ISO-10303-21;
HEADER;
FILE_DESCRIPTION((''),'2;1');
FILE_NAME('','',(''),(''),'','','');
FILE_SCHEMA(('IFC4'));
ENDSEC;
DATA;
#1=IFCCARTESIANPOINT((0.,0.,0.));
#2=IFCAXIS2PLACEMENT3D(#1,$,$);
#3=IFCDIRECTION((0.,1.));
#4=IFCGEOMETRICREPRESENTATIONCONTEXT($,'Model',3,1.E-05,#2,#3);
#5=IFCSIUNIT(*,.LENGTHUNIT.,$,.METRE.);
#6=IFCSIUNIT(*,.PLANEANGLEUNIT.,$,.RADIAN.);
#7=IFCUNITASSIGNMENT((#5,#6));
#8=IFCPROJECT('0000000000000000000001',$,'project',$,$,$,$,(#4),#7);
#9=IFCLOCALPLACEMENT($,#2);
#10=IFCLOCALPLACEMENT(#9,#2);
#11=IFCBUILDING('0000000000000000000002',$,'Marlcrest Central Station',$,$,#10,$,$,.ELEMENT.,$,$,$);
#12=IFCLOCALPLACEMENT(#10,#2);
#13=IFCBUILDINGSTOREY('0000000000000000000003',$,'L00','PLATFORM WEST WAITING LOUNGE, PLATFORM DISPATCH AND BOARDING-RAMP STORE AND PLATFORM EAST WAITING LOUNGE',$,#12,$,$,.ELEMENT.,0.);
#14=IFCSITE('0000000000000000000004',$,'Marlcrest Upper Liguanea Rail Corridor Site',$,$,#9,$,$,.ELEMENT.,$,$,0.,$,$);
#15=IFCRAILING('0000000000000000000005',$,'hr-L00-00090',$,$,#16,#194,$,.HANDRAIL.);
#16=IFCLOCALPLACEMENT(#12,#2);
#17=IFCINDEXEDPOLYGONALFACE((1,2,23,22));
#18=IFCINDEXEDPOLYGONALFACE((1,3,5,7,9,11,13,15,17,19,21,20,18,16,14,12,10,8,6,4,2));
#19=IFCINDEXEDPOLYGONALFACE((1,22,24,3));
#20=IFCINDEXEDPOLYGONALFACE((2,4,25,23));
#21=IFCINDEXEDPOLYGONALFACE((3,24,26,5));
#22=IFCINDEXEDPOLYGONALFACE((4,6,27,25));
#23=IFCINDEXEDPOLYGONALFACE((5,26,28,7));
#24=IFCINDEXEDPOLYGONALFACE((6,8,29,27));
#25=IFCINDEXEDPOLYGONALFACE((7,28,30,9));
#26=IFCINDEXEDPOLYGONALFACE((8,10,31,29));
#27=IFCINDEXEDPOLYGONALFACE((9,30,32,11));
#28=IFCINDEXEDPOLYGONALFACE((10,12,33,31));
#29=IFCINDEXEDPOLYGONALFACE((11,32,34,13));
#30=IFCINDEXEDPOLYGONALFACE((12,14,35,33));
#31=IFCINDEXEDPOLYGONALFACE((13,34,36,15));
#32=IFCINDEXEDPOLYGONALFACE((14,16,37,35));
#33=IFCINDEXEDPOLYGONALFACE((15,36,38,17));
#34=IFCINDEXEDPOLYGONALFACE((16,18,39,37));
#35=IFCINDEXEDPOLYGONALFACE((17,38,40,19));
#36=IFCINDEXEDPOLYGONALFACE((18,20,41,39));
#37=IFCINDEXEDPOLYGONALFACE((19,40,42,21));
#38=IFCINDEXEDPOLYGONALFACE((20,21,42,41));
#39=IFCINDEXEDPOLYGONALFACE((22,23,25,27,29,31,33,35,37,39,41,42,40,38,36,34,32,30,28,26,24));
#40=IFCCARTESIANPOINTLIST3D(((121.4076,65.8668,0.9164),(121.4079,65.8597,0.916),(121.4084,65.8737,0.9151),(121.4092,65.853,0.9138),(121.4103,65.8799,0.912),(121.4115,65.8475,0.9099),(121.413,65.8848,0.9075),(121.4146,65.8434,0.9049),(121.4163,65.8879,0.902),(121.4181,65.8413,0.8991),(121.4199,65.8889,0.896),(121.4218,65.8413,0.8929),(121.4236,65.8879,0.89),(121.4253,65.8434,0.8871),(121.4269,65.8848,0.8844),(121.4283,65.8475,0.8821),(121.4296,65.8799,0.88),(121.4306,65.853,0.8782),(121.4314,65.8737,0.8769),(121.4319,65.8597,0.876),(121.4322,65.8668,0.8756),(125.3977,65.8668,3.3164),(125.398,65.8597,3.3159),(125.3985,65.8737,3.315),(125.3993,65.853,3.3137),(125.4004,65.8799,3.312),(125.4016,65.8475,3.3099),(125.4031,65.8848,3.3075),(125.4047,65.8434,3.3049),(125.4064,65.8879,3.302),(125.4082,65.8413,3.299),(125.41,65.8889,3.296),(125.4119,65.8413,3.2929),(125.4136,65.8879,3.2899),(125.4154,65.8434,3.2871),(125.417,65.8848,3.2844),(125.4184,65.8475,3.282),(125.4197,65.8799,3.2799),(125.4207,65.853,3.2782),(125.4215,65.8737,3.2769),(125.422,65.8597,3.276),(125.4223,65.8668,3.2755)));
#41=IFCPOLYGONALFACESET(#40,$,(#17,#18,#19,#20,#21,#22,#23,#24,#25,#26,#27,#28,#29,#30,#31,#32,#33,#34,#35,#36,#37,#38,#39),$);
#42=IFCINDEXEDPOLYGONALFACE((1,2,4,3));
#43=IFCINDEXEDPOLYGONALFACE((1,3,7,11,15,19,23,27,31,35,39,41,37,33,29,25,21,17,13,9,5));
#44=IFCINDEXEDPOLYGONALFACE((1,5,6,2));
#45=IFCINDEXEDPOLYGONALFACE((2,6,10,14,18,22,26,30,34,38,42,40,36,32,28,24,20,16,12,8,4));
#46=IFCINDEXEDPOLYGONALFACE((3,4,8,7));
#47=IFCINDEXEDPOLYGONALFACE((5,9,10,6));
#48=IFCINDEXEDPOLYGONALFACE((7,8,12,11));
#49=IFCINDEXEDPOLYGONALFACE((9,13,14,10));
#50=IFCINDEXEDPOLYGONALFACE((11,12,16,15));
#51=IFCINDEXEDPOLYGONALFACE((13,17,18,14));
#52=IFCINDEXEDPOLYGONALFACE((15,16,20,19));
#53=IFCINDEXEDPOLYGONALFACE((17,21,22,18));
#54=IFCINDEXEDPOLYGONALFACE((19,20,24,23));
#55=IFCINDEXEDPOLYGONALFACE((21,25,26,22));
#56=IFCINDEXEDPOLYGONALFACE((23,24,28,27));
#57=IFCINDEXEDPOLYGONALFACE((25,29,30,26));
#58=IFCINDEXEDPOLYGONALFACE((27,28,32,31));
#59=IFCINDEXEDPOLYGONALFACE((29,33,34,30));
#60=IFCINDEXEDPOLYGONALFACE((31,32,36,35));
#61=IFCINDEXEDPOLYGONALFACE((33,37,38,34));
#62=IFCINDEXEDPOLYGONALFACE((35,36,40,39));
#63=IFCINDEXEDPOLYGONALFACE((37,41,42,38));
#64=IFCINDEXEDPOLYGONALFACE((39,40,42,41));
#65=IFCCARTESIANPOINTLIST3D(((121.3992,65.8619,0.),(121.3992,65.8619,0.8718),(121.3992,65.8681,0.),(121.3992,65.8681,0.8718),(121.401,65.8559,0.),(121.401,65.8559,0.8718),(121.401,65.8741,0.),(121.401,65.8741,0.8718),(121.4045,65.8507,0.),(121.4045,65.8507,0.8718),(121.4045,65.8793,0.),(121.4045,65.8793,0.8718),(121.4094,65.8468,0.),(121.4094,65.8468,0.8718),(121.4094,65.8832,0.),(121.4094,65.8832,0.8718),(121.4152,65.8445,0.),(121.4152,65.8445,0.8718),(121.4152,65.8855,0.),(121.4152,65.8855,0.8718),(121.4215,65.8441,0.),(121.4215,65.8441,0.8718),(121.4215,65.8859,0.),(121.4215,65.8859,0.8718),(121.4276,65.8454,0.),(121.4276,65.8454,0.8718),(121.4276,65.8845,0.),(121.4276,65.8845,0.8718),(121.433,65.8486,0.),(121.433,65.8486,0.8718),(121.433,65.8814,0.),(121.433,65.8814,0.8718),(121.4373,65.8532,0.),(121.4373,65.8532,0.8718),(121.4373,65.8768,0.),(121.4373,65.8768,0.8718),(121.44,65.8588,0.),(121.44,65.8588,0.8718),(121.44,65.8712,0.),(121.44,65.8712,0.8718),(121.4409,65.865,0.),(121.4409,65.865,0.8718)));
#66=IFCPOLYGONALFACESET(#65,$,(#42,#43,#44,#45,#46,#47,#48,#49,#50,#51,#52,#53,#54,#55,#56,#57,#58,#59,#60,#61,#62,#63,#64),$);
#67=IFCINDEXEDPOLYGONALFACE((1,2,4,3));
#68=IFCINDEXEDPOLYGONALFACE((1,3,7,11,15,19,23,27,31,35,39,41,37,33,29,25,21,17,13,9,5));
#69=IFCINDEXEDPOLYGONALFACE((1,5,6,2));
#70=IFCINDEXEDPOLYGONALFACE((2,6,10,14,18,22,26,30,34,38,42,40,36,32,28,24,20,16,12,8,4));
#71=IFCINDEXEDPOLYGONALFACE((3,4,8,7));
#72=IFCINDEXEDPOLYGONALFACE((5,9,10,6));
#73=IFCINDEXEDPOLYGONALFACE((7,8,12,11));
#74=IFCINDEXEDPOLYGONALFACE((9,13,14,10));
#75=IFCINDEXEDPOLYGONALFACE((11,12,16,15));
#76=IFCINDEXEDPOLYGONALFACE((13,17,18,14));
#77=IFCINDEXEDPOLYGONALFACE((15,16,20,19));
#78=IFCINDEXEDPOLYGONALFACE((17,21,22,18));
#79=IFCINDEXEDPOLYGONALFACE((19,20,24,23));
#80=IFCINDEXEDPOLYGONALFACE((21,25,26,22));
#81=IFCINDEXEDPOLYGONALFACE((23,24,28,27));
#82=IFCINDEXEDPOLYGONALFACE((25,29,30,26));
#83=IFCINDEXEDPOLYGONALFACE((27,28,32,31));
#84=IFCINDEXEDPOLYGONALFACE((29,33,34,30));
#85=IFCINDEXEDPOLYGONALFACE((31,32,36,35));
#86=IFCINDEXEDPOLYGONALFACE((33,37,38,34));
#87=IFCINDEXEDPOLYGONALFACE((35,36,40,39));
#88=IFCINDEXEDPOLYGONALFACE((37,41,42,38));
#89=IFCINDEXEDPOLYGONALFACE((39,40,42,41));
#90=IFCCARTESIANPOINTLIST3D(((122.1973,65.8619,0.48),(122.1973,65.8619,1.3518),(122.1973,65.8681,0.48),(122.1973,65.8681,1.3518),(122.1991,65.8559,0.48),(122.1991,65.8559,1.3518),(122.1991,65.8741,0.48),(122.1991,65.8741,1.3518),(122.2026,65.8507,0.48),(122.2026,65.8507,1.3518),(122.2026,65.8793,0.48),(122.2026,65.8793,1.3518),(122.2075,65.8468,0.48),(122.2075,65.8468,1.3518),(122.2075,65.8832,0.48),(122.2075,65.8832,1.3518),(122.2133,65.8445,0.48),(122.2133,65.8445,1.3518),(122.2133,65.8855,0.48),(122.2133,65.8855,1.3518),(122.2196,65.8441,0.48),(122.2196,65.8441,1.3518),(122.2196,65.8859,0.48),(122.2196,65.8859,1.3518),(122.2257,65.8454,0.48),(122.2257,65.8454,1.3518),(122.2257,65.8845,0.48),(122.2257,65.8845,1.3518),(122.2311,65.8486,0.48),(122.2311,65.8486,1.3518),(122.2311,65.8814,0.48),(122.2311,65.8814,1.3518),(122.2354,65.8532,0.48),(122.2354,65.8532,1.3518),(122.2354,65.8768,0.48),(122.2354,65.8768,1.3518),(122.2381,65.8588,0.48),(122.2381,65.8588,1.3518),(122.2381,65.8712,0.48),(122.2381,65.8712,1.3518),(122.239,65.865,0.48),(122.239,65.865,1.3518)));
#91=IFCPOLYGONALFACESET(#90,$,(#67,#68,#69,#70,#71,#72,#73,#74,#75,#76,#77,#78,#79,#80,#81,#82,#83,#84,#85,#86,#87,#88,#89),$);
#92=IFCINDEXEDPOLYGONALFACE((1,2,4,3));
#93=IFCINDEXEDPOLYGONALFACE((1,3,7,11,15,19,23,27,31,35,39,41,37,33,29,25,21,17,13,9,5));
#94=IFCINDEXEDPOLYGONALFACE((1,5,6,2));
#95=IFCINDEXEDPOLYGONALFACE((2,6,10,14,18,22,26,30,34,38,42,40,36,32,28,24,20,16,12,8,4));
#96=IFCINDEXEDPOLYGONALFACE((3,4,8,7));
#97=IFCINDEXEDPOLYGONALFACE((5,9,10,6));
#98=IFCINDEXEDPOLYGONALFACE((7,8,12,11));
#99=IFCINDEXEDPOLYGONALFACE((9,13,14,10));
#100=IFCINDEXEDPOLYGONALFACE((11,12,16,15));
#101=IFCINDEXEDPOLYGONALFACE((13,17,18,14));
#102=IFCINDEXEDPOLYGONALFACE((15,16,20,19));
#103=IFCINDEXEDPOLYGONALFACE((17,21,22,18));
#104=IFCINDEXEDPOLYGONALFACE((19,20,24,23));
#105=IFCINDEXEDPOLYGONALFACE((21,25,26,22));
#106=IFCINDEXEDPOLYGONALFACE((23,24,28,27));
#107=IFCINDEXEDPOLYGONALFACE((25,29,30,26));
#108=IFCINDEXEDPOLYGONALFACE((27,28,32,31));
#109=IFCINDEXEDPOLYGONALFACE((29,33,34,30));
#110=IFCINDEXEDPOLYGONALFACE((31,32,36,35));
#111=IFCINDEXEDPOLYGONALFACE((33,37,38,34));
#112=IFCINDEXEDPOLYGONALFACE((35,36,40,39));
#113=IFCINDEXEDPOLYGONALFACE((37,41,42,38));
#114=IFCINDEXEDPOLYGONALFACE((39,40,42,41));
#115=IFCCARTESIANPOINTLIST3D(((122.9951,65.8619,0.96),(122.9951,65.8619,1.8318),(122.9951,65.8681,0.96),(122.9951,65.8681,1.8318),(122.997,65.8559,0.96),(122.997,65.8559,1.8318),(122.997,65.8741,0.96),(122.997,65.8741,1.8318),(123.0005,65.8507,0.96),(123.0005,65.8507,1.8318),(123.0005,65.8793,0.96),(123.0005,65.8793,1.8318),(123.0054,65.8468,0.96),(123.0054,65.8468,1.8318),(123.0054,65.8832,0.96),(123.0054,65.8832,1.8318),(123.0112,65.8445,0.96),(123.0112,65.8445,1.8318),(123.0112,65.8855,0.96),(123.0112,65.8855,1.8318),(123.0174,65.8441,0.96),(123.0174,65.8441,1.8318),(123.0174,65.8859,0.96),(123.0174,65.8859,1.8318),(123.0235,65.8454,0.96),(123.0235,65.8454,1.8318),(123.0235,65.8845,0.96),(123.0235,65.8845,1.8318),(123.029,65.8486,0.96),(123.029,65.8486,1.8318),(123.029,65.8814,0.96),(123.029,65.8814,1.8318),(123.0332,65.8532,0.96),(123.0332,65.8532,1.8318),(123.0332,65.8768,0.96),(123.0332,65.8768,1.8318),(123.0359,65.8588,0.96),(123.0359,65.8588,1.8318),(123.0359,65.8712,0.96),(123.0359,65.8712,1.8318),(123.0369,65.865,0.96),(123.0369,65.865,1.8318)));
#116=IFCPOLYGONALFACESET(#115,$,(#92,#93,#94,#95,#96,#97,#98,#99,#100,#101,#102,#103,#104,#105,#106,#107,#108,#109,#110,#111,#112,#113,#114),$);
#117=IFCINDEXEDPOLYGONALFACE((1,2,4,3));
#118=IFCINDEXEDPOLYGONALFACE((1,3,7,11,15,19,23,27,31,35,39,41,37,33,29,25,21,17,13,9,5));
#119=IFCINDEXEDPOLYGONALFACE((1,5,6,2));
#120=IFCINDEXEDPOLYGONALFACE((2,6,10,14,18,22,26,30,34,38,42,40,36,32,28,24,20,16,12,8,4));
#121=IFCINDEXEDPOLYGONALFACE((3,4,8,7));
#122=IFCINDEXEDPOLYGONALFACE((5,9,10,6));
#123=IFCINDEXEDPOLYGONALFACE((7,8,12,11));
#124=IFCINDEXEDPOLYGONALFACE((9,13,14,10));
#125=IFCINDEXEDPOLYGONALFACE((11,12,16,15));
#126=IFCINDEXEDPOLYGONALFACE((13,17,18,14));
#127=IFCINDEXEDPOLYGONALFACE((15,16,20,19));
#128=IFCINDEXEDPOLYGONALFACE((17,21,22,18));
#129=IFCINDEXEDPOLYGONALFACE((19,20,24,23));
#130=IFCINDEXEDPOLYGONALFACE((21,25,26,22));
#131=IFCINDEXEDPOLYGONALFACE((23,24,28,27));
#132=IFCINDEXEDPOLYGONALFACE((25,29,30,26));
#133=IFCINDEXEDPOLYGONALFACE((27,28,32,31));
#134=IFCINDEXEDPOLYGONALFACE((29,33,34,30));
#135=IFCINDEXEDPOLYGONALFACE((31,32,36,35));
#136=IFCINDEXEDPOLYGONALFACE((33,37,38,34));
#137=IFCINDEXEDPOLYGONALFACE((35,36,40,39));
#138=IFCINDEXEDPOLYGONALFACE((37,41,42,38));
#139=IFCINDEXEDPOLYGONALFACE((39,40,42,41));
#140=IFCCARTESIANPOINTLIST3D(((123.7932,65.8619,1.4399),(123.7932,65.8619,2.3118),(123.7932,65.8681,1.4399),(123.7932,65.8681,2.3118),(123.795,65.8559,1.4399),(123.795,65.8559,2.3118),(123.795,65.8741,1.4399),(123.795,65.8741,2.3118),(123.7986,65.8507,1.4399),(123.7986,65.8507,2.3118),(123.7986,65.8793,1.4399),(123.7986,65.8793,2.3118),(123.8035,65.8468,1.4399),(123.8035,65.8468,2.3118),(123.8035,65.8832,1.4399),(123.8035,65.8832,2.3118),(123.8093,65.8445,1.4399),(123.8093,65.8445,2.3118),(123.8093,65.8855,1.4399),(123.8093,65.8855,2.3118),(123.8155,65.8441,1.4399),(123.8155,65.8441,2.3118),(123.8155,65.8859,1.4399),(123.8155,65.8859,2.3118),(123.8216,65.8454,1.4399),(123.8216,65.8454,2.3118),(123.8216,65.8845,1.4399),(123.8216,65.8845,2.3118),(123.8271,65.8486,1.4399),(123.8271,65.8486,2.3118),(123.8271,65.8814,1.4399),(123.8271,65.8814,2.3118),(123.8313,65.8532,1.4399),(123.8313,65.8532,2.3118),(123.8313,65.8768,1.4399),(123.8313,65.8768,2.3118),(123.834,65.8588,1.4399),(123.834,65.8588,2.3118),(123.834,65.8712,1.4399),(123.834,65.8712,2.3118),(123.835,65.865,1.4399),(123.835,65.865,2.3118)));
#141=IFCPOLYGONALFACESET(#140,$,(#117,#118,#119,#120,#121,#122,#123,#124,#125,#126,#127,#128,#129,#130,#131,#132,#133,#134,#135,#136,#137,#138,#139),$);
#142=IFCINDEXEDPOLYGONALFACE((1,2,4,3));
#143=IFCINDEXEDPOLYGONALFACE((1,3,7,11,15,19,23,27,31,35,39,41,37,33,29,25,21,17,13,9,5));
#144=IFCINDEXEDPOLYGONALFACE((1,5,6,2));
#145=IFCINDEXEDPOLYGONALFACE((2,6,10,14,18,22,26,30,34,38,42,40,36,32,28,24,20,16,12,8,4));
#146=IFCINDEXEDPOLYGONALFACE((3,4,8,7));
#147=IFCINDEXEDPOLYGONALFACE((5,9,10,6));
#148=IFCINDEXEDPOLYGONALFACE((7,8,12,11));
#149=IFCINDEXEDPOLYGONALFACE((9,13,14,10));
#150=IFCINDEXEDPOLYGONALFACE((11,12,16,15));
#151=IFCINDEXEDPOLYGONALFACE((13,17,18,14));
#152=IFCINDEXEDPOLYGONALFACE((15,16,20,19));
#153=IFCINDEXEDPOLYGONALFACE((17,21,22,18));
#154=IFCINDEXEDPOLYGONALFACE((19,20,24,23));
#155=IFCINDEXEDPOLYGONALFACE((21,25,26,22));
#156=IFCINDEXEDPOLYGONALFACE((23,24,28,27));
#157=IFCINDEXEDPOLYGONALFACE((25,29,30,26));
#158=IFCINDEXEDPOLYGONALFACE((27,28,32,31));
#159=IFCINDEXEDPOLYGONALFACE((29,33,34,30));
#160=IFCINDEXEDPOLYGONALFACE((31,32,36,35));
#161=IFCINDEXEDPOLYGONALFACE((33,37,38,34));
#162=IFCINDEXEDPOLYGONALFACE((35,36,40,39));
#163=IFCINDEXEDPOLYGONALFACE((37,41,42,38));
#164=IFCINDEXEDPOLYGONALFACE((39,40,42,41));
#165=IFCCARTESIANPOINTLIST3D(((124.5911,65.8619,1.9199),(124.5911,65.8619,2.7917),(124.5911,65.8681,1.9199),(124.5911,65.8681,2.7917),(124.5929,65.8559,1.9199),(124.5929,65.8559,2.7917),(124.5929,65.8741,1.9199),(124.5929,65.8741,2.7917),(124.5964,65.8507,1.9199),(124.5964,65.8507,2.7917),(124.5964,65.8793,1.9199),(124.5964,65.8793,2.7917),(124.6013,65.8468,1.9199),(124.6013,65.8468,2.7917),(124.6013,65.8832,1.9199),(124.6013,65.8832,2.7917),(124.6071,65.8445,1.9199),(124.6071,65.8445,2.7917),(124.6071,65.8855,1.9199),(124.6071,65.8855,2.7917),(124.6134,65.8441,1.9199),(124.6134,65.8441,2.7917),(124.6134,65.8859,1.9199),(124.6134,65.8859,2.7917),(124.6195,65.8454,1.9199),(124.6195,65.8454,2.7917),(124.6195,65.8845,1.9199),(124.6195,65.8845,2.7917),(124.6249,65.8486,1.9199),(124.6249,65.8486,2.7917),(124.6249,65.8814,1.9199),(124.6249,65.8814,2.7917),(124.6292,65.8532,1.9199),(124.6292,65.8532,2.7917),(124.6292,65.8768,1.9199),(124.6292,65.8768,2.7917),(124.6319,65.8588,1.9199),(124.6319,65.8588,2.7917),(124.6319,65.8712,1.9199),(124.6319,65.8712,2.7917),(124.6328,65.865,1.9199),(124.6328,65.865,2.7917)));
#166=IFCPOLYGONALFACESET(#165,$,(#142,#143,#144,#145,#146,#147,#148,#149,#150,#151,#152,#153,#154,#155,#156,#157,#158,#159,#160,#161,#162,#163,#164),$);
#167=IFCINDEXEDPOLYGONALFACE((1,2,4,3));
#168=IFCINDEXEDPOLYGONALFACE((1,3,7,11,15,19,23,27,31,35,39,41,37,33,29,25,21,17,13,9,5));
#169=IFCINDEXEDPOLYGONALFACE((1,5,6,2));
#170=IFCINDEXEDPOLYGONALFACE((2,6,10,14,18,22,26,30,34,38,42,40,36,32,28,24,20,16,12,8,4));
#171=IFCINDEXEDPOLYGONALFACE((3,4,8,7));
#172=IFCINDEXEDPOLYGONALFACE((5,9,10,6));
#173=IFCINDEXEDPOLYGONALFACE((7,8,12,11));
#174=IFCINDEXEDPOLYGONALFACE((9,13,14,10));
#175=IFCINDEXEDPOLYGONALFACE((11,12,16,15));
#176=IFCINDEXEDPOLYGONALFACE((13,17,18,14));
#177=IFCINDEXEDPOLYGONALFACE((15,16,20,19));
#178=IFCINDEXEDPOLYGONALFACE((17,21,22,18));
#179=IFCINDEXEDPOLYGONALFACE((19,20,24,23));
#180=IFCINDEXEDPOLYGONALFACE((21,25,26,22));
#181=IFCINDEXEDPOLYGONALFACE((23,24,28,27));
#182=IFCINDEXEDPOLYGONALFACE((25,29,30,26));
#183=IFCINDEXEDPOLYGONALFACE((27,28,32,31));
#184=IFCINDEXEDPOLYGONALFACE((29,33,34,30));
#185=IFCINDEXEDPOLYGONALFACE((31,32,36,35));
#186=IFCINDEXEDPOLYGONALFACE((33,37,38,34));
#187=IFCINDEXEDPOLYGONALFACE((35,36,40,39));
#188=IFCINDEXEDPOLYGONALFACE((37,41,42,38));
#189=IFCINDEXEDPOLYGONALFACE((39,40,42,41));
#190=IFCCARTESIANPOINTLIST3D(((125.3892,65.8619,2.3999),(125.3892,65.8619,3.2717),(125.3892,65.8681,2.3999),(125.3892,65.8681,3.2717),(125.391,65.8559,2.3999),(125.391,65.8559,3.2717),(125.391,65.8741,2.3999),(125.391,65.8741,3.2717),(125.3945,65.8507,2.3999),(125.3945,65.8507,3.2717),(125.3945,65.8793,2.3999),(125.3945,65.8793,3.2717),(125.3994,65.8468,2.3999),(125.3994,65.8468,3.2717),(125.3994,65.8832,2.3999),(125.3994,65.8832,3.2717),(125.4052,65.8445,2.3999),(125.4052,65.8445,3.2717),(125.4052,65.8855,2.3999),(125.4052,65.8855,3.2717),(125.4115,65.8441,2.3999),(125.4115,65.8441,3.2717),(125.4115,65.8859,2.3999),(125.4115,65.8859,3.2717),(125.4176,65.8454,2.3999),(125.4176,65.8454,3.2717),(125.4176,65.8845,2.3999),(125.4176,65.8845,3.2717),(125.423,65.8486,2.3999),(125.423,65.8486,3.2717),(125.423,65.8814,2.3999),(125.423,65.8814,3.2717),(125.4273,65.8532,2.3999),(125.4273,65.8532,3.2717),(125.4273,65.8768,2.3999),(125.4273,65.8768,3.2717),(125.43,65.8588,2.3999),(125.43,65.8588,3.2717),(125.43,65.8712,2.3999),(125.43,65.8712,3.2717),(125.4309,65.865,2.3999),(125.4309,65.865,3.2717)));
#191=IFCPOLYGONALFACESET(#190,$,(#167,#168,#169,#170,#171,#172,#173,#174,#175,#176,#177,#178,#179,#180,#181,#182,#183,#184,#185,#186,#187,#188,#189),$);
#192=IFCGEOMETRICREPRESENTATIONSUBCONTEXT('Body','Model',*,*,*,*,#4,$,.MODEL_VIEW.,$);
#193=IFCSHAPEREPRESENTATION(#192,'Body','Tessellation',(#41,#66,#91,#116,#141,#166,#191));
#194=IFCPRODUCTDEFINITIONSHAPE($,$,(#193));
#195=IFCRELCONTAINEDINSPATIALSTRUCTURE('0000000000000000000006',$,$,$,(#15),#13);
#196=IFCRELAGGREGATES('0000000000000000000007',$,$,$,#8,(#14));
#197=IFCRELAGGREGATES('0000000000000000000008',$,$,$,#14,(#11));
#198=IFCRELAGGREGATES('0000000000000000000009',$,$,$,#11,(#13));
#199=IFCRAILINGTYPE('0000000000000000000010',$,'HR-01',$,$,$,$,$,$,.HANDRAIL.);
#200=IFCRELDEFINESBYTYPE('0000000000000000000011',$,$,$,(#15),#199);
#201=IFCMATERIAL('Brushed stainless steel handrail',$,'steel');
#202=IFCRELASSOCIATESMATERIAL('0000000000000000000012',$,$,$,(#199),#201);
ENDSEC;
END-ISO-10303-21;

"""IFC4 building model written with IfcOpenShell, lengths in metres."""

from ifc_helpers import new_model, si_unit, direction, frame, origin, origin_2d, place, context, subcontext, project, spatial, circle, extrude, material, type_object, element, save


model = new_model("IFC4")

# Units and contexts
model_context = context("Model", 3, precision=1e-05, world=origin(), true_north=direction((0.0, 1.0)))
body_context = subcontext(model_context, "Body", "Model", "MODEL_VIEW")
ifc_project = project(units=[si_unit("LENGTHUNIT", "METRE"), si_unit("PLANEANGLEUNIT", "RADIAN")], contexts=[model_context])

# Site, building, storey
site_placement = place(None, origin())
site = spatial("IfcSite", under=ifc_project, at=site_placement, Name="Marlcrest Upper Liguanea Rail Corridor Site", CompositionType="ELEMENT", RefElevation=0.0)
building_placement = place(site_placement, origin())
building = spatial("IfcBuilding", under=site, at=building_placement, Name="Marlcrest Central Station", CompositionType="ELEMENT")
storey_placement = place(building_placement, origin())
storey = spatial("IfcBuildingStorey", under=building, at=storey_placement, Name="L00", Description="PLATFORM WEST WAITING LOUNGE, PLATFORM DISPATCH AND BOARDING-RAMP STORE AND PLATFORM EAST WAITING LOUNGE", CompositionType="ELEMENT", Elevation=0.0)

# Railing
ifc_material_1 = material(Name="Brushed stainless steel handrail", Category="steel")
railing_type_1 = type_object("IfcRailingType", Name="HR-01", PredefinedType="HANDRAIL", material=ifc_material_1)
railing_1_placement = place(storey_placement, frame((121.4199, 65.865, 0.0)))
element("IfcRailing", 1, at=railing_1_placement, inside=storey, type_object=railing_type_1, Name="hr-L00-00090", PredefinedType="HANDRAIL", context=body_context, shape_type="SweptSolid", body=[
    extrude(circle(Radius=0.0239, at=origin_2d()), frame((0.0, 0.0, 0.896), z_axis=(0.856933, 0.0, 0.515428), x_axis=(0.0, 1.0, 0.0)), (0.0, 0.0, 1.0), 4.6562),
    extrude(circle(Radius=0.021, at=origin_2d()), origin(), (0.0, 0.0, 1.0), 0.8718),
    extrude(circle(Radius=0.021, at=origin_2d()), frame((0.7981, 0.0, 0.48)), (0.0, 0.0, 1.0), 0.8718),
    extrude(circle(Radius=0.021, at=origin_2d()), frame((1.5959, 0.0, 0.96)), (0.0, 0.0, 1.0), 0.8718),
    extrude(circle(Radius=0.021, at=origin_2d()), frame((2.394, 0.0, 1.4399)), (0.0, 0.0, 1.0), 0.8718),
    extrude(circle(Radius=0.021, at=origin_2d()), frame((3.1919, 0.0, 1.9199)), (0.0, 0.0, 1.0), 0.8718),
    extrude(circle(Radius=0.021, at=origin_2d()), frame((3.99, 0.0, 2.3999)), (0.0, 0.0, 1.0), 0.8718),
])

save(model, "model.ifc")
